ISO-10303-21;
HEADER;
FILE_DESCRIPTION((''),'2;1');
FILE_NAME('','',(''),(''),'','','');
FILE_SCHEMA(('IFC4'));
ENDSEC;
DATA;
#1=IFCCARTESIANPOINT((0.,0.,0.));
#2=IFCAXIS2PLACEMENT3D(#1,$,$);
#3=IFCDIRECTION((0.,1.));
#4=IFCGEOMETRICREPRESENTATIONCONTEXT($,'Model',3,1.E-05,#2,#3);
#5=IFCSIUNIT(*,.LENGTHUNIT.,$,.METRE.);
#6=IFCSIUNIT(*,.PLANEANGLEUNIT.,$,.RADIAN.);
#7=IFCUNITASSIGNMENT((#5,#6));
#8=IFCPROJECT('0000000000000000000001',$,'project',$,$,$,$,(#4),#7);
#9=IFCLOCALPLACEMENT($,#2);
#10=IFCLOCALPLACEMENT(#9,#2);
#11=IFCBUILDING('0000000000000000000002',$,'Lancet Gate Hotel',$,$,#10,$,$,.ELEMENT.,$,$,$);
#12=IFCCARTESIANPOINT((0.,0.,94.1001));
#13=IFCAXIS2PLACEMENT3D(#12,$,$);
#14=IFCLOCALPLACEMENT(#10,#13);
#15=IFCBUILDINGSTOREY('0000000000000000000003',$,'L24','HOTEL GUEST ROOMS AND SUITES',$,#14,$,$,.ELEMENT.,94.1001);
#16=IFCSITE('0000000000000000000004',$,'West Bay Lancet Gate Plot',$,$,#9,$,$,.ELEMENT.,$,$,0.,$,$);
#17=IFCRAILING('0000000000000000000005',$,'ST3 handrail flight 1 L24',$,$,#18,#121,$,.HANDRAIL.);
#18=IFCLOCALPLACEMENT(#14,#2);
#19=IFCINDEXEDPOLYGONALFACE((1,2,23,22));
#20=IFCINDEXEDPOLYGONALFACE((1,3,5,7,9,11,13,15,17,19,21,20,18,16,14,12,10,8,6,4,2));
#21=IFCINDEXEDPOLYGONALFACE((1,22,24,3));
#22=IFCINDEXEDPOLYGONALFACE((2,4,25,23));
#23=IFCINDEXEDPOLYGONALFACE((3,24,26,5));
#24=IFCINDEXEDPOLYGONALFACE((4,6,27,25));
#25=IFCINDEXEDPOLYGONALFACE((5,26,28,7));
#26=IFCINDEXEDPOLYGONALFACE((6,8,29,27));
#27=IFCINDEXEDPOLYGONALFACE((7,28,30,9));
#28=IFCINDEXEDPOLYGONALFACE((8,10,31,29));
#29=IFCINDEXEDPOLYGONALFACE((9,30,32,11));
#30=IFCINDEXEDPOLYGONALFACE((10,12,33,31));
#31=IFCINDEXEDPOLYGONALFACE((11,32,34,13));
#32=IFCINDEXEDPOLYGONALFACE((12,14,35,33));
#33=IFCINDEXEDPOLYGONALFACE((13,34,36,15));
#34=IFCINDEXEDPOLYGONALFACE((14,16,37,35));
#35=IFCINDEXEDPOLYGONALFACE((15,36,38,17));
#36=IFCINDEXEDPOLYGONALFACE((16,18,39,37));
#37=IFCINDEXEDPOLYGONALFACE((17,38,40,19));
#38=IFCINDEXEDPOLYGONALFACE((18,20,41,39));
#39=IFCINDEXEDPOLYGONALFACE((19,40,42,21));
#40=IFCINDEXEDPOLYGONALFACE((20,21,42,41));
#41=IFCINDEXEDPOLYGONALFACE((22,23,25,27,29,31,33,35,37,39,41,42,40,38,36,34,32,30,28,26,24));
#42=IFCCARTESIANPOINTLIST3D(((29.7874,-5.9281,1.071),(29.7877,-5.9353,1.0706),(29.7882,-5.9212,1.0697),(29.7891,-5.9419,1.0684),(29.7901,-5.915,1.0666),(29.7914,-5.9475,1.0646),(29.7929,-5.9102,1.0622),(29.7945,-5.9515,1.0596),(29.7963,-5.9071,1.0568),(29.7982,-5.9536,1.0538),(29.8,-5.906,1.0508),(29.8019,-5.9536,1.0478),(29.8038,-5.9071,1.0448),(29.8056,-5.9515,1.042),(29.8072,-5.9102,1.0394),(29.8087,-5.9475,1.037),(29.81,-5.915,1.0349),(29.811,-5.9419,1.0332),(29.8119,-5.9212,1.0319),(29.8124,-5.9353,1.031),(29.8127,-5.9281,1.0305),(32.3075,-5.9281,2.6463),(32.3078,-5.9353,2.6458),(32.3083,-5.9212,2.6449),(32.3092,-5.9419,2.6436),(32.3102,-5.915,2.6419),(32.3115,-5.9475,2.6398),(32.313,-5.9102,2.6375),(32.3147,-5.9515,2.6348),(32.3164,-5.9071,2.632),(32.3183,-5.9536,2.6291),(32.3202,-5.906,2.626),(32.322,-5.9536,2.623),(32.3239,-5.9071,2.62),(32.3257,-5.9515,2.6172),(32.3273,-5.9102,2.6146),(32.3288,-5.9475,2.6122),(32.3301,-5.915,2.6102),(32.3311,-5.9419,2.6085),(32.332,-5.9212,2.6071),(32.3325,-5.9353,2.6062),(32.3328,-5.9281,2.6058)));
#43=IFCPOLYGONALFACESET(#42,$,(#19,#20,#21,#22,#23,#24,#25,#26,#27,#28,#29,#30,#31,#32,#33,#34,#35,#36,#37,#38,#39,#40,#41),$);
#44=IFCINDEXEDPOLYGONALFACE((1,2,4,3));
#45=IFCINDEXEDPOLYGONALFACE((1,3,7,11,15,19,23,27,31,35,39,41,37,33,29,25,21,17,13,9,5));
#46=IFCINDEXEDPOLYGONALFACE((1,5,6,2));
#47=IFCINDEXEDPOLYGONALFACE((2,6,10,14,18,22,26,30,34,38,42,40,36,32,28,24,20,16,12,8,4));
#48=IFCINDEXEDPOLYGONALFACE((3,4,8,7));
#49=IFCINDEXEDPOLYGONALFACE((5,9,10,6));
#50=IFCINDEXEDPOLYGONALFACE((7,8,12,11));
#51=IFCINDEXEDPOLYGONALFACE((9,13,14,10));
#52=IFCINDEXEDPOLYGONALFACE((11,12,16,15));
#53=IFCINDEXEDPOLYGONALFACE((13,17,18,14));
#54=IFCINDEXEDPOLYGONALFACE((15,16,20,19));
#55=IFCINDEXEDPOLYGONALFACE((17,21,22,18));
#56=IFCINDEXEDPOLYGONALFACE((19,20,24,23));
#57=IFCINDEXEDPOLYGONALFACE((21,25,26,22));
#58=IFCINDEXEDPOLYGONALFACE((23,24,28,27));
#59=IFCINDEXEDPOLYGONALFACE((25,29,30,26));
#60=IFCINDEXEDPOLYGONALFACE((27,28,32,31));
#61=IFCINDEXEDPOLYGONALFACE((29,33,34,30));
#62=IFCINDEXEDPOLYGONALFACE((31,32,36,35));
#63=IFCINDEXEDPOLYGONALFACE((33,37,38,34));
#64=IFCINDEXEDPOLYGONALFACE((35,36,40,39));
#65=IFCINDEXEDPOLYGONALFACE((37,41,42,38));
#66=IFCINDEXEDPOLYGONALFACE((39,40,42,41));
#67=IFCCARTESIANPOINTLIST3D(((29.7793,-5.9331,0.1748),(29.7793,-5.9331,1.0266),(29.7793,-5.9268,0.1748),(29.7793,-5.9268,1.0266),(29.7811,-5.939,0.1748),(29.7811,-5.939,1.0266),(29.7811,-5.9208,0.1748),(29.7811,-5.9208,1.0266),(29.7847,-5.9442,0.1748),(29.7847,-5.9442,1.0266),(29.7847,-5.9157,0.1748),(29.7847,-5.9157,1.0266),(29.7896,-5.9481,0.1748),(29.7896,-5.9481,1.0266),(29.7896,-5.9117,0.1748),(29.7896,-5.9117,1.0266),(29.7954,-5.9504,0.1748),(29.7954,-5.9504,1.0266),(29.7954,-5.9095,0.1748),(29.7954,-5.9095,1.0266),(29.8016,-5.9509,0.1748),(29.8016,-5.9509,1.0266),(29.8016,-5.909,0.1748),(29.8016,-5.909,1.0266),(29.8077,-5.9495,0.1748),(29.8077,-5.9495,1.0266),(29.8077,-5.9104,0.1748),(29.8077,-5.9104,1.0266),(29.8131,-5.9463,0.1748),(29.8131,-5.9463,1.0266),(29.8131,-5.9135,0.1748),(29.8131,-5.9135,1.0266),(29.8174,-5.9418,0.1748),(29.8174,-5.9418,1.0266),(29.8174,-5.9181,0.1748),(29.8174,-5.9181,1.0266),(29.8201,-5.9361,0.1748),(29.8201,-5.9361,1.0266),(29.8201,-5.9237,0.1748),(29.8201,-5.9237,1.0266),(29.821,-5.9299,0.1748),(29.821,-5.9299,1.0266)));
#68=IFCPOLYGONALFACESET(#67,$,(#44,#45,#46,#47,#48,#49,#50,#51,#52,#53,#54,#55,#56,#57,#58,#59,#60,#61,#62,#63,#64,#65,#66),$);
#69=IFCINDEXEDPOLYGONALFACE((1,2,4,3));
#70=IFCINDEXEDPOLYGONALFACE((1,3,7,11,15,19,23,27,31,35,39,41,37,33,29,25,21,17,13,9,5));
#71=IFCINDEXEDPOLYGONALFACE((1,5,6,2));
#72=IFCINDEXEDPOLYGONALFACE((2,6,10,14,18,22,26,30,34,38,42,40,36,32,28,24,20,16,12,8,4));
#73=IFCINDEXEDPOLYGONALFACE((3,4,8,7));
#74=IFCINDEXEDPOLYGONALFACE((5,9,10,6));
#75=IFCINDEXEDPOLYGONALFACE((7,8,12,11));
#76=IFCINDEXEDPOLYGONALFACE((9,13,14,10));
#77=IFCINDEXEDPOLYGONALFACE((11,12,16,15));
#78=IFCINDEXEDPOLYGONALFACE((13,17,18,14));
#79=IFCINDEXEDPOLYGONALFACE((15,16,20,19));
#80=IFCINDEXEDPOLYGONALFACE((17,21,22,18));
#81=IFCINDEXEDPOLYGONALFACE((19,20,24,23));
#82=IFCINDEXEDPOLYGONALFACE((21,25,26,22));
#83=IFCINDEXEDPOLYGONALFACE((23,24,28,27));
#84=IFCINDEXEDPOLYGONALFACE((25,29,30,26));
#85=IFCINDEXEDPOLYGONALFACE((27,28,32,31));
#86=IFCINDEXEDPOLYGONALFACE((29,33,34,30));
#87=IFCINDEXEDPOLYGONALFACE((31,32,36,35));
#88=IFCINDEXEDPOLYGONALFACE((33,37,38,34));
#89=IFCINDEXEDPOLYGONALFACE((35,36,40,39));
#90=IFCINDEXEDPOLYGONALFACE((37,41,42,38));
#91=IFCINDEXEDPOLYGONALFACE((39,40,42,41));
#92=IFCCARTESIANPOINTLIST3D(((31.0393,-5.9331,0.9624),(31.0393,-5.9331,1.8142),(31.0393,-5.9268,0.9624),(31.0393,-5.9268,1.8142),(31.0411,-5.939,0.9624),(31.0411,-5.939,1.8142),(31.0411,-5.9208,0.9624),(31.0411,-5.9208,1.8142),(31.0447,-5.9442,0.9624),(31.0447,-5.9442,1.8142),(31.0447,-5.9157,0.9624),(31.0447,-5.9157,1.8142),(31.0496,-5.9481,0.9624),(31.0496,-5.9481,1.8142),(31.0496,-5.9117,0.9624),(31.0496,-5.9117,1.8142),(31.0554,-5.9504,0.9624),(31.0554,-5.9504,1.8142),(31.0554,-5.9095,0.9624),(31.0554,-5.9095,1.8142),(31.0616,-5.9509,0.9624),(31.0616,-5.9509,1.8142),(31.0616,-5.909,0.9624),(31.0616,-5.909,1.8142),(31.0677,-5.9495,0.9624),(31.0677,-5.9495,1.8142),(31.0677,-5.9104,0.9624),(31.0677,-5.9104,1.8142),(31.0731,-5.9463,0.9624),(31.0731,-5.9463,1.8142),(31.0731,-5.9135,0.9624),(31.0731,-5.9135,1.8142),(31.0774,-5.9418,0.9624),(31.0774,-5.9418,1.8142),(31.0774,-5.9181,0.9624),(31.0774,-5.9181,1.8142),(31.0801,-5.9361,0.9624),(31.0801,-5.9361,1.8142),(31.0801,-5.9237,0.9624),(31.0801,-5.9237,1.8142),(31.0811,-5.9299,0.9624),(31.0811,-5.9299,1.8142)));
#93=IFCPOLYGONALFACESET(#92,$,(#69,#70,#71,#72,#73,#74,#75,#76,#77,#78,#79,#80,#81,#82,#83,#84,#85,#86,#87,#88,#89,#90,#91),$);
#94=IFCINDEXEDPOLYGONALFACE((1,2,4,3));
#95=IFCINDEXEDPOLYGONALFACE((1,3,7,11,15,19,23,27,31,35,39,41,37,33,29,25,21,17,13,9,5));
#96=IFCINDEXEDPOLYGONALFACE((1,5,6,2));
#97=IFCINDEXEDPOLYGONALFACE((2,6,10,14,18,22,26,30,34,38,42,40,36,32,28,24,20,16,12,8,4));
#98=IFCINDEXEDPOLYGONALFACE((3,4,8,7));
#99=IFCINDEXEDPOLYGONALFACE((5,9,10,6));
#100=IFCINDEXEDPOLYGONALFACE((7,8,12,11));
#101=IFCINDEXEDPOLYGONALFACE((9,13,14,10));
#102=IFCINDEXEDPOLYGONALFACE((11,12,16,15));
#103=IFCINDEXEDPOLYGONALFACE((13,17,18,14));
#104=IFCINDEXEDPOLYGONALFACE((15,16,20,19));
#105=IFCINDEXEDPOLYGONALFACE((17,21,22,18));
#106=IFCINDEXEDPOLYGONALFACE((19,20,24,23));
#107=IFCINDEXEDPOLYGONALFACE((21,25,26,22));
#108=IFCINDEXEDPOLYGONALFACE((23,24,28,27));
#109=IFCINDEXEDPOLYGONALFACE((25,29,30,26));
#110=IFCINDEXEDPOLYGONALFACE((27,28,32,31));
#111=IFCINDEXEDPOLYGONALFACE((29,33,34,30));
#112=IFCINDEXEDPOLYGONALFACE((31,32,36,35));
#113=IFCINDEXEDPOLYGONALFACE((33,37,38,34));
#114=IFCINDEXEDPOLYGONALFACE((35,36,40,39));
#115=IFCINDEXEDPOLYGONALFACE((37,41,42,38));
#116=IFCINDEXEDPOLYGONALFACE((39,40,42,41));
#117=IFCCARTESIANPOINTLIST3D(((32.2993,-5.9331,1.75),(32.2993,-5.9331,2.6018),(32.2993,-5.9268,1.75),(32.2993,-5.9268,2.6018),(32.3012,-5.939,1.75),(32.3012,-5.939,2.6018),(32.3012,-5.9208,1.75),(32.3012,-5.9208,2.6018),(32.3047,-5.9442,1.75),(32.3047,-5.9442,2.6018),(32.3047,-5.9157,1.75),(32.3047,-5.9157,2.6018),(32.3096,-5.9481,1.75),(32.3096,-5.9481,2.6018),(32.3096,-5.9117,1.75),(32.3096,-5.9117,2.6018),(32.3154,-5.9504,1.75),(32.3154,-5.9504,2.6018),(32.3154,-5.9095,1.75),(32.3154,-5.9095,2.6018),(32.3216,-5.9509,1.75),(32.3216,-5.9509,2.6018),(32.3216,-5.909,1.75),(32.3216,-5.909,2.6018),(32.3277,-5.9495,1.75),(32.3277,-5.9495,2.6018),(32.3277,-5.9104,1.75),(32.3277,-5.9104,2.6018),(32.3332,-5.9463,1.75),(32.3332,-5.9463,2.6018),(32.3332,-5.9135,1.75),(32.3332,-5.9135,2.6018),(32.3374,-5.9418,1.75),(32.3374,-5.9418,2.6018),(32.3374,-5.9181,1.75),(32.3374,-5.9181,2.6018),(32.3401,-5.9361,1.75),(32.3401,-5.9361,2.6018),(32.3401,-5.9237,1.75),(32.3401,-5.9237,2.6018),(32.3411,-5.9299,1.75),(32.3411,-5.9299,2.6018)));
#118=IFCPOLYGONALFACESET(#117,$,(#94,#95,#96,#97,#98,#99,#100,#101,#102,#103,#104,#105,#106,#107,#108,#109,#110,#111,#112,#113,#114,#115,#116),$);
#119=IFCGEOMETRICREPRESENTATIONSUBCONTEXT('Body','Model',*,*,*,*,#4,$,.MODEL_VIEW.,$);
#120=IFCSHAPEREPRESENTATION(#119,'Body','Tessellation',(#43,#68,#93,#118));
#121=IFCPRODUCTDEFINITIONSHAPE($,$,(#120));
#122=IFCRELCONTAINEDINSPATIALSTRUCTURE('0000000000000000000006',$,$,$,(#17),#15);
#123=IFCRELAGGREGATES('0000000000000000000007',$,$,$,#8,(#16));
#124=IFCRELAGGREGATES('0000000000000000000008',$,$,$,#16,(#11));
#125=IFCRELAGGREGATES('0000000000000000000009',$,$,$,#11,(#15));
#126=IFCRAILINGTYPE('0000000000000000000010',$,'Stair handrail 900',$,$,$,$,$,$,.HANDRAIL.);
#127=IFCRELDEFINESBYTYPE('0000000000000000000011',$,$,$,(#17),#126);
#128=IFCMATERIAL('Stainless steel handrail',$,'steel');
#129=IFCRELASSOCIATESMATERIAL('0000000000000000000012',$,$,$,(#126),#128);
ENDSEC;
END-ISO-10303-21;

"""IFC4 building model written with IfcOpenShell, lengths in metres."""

from ifc_helpers import new_model, si_unit, direction, frame, origin, origin_2d, place, context, subcontext, project, spatial, circle, extrude, material, type_object, element, save


model = new_model("IFC4")

# Units and contexts
model_context = context("Model", 3, precision=1e-05, world=origin(), true_north=direction((0.0, 1.0)))
body_context = subcontext(model_context, "Body", "Model", "MODEL_VIEW")
ifc_project = project(units=[si_unit("LENGTHUNIT", "METRE"), si_unit("PLANEANGLEUNIT", "RADIAN")], contexts=[model_context])

# Site, building, storey
site_placement = place(None, origin())
site = spatial("IfcSite", under=ifc_project, at=site_placement, Name="West Bay Lancet Gate Plot", CompositionType="ELEMENT", RefElevation=0.0)
building_placement = place(site_placement, origin())
building = spatial("IfcBuilding", under=site, at=building_placement, Name="Lancet Gate Hotel", CompositionType="ELEMENT")
storey_placement = place(building_placement, frame((0.0, 0.0, 94.1001)))
storey = spatial("IfcBuildingStorey", under=building, at=storey_placement, Name="L24", Description="HOTEL GUEST ROOMS AND SUITES", CompositionType="ELEMENT", Elevation=94.1001)

# Railing
ifc_material_1 = material(Name="Stainless steel handrail", Category="steel")
railing_type = type_object("IfcRailingType", Name="Stair handrail 900", PredefinedType="HANDRAIL", material=ifc_material_1)
railing_1_placement = place(storey_placement, frame((29.8, -5.9299, 0.1748)))
element("IfcRailing", 1, at=railing_1_placement, inside=storey, type_object=railing_type, Name="ST3 handrail flight 1 L24", PredefinedType="HANDRAIL", context=body_context, shape_type="SweptSolid", body=[
    extrude(circle(Radius=0.0239, at=origin_2d()), frame((0.0, 0.0, 0.876), z_axis=(0.847971, 0.0, 0.530043), x_axis=(0.0, 1.0, 0.0)), (0.0, 0.0, 1.0), 2.9719),
    extrude(circle(Radius=0.021, at=origin_2d()), origin(), (0.0, 0.0, 1.0), 0.8518),
    extrude(circle(Radius=0.021, at=origin_2d()), frame((1.26, 0.0, 0.7876)), (0.0, 0.0, 1.0), 0.8518),
    extrude(circle(Radius=0.021, at=origin_2d()), frame((2.52, 0.0, 1.5752)), (0.0, 0.0, 1.0), 0.8518),
])

save(model, "model.ifc")
